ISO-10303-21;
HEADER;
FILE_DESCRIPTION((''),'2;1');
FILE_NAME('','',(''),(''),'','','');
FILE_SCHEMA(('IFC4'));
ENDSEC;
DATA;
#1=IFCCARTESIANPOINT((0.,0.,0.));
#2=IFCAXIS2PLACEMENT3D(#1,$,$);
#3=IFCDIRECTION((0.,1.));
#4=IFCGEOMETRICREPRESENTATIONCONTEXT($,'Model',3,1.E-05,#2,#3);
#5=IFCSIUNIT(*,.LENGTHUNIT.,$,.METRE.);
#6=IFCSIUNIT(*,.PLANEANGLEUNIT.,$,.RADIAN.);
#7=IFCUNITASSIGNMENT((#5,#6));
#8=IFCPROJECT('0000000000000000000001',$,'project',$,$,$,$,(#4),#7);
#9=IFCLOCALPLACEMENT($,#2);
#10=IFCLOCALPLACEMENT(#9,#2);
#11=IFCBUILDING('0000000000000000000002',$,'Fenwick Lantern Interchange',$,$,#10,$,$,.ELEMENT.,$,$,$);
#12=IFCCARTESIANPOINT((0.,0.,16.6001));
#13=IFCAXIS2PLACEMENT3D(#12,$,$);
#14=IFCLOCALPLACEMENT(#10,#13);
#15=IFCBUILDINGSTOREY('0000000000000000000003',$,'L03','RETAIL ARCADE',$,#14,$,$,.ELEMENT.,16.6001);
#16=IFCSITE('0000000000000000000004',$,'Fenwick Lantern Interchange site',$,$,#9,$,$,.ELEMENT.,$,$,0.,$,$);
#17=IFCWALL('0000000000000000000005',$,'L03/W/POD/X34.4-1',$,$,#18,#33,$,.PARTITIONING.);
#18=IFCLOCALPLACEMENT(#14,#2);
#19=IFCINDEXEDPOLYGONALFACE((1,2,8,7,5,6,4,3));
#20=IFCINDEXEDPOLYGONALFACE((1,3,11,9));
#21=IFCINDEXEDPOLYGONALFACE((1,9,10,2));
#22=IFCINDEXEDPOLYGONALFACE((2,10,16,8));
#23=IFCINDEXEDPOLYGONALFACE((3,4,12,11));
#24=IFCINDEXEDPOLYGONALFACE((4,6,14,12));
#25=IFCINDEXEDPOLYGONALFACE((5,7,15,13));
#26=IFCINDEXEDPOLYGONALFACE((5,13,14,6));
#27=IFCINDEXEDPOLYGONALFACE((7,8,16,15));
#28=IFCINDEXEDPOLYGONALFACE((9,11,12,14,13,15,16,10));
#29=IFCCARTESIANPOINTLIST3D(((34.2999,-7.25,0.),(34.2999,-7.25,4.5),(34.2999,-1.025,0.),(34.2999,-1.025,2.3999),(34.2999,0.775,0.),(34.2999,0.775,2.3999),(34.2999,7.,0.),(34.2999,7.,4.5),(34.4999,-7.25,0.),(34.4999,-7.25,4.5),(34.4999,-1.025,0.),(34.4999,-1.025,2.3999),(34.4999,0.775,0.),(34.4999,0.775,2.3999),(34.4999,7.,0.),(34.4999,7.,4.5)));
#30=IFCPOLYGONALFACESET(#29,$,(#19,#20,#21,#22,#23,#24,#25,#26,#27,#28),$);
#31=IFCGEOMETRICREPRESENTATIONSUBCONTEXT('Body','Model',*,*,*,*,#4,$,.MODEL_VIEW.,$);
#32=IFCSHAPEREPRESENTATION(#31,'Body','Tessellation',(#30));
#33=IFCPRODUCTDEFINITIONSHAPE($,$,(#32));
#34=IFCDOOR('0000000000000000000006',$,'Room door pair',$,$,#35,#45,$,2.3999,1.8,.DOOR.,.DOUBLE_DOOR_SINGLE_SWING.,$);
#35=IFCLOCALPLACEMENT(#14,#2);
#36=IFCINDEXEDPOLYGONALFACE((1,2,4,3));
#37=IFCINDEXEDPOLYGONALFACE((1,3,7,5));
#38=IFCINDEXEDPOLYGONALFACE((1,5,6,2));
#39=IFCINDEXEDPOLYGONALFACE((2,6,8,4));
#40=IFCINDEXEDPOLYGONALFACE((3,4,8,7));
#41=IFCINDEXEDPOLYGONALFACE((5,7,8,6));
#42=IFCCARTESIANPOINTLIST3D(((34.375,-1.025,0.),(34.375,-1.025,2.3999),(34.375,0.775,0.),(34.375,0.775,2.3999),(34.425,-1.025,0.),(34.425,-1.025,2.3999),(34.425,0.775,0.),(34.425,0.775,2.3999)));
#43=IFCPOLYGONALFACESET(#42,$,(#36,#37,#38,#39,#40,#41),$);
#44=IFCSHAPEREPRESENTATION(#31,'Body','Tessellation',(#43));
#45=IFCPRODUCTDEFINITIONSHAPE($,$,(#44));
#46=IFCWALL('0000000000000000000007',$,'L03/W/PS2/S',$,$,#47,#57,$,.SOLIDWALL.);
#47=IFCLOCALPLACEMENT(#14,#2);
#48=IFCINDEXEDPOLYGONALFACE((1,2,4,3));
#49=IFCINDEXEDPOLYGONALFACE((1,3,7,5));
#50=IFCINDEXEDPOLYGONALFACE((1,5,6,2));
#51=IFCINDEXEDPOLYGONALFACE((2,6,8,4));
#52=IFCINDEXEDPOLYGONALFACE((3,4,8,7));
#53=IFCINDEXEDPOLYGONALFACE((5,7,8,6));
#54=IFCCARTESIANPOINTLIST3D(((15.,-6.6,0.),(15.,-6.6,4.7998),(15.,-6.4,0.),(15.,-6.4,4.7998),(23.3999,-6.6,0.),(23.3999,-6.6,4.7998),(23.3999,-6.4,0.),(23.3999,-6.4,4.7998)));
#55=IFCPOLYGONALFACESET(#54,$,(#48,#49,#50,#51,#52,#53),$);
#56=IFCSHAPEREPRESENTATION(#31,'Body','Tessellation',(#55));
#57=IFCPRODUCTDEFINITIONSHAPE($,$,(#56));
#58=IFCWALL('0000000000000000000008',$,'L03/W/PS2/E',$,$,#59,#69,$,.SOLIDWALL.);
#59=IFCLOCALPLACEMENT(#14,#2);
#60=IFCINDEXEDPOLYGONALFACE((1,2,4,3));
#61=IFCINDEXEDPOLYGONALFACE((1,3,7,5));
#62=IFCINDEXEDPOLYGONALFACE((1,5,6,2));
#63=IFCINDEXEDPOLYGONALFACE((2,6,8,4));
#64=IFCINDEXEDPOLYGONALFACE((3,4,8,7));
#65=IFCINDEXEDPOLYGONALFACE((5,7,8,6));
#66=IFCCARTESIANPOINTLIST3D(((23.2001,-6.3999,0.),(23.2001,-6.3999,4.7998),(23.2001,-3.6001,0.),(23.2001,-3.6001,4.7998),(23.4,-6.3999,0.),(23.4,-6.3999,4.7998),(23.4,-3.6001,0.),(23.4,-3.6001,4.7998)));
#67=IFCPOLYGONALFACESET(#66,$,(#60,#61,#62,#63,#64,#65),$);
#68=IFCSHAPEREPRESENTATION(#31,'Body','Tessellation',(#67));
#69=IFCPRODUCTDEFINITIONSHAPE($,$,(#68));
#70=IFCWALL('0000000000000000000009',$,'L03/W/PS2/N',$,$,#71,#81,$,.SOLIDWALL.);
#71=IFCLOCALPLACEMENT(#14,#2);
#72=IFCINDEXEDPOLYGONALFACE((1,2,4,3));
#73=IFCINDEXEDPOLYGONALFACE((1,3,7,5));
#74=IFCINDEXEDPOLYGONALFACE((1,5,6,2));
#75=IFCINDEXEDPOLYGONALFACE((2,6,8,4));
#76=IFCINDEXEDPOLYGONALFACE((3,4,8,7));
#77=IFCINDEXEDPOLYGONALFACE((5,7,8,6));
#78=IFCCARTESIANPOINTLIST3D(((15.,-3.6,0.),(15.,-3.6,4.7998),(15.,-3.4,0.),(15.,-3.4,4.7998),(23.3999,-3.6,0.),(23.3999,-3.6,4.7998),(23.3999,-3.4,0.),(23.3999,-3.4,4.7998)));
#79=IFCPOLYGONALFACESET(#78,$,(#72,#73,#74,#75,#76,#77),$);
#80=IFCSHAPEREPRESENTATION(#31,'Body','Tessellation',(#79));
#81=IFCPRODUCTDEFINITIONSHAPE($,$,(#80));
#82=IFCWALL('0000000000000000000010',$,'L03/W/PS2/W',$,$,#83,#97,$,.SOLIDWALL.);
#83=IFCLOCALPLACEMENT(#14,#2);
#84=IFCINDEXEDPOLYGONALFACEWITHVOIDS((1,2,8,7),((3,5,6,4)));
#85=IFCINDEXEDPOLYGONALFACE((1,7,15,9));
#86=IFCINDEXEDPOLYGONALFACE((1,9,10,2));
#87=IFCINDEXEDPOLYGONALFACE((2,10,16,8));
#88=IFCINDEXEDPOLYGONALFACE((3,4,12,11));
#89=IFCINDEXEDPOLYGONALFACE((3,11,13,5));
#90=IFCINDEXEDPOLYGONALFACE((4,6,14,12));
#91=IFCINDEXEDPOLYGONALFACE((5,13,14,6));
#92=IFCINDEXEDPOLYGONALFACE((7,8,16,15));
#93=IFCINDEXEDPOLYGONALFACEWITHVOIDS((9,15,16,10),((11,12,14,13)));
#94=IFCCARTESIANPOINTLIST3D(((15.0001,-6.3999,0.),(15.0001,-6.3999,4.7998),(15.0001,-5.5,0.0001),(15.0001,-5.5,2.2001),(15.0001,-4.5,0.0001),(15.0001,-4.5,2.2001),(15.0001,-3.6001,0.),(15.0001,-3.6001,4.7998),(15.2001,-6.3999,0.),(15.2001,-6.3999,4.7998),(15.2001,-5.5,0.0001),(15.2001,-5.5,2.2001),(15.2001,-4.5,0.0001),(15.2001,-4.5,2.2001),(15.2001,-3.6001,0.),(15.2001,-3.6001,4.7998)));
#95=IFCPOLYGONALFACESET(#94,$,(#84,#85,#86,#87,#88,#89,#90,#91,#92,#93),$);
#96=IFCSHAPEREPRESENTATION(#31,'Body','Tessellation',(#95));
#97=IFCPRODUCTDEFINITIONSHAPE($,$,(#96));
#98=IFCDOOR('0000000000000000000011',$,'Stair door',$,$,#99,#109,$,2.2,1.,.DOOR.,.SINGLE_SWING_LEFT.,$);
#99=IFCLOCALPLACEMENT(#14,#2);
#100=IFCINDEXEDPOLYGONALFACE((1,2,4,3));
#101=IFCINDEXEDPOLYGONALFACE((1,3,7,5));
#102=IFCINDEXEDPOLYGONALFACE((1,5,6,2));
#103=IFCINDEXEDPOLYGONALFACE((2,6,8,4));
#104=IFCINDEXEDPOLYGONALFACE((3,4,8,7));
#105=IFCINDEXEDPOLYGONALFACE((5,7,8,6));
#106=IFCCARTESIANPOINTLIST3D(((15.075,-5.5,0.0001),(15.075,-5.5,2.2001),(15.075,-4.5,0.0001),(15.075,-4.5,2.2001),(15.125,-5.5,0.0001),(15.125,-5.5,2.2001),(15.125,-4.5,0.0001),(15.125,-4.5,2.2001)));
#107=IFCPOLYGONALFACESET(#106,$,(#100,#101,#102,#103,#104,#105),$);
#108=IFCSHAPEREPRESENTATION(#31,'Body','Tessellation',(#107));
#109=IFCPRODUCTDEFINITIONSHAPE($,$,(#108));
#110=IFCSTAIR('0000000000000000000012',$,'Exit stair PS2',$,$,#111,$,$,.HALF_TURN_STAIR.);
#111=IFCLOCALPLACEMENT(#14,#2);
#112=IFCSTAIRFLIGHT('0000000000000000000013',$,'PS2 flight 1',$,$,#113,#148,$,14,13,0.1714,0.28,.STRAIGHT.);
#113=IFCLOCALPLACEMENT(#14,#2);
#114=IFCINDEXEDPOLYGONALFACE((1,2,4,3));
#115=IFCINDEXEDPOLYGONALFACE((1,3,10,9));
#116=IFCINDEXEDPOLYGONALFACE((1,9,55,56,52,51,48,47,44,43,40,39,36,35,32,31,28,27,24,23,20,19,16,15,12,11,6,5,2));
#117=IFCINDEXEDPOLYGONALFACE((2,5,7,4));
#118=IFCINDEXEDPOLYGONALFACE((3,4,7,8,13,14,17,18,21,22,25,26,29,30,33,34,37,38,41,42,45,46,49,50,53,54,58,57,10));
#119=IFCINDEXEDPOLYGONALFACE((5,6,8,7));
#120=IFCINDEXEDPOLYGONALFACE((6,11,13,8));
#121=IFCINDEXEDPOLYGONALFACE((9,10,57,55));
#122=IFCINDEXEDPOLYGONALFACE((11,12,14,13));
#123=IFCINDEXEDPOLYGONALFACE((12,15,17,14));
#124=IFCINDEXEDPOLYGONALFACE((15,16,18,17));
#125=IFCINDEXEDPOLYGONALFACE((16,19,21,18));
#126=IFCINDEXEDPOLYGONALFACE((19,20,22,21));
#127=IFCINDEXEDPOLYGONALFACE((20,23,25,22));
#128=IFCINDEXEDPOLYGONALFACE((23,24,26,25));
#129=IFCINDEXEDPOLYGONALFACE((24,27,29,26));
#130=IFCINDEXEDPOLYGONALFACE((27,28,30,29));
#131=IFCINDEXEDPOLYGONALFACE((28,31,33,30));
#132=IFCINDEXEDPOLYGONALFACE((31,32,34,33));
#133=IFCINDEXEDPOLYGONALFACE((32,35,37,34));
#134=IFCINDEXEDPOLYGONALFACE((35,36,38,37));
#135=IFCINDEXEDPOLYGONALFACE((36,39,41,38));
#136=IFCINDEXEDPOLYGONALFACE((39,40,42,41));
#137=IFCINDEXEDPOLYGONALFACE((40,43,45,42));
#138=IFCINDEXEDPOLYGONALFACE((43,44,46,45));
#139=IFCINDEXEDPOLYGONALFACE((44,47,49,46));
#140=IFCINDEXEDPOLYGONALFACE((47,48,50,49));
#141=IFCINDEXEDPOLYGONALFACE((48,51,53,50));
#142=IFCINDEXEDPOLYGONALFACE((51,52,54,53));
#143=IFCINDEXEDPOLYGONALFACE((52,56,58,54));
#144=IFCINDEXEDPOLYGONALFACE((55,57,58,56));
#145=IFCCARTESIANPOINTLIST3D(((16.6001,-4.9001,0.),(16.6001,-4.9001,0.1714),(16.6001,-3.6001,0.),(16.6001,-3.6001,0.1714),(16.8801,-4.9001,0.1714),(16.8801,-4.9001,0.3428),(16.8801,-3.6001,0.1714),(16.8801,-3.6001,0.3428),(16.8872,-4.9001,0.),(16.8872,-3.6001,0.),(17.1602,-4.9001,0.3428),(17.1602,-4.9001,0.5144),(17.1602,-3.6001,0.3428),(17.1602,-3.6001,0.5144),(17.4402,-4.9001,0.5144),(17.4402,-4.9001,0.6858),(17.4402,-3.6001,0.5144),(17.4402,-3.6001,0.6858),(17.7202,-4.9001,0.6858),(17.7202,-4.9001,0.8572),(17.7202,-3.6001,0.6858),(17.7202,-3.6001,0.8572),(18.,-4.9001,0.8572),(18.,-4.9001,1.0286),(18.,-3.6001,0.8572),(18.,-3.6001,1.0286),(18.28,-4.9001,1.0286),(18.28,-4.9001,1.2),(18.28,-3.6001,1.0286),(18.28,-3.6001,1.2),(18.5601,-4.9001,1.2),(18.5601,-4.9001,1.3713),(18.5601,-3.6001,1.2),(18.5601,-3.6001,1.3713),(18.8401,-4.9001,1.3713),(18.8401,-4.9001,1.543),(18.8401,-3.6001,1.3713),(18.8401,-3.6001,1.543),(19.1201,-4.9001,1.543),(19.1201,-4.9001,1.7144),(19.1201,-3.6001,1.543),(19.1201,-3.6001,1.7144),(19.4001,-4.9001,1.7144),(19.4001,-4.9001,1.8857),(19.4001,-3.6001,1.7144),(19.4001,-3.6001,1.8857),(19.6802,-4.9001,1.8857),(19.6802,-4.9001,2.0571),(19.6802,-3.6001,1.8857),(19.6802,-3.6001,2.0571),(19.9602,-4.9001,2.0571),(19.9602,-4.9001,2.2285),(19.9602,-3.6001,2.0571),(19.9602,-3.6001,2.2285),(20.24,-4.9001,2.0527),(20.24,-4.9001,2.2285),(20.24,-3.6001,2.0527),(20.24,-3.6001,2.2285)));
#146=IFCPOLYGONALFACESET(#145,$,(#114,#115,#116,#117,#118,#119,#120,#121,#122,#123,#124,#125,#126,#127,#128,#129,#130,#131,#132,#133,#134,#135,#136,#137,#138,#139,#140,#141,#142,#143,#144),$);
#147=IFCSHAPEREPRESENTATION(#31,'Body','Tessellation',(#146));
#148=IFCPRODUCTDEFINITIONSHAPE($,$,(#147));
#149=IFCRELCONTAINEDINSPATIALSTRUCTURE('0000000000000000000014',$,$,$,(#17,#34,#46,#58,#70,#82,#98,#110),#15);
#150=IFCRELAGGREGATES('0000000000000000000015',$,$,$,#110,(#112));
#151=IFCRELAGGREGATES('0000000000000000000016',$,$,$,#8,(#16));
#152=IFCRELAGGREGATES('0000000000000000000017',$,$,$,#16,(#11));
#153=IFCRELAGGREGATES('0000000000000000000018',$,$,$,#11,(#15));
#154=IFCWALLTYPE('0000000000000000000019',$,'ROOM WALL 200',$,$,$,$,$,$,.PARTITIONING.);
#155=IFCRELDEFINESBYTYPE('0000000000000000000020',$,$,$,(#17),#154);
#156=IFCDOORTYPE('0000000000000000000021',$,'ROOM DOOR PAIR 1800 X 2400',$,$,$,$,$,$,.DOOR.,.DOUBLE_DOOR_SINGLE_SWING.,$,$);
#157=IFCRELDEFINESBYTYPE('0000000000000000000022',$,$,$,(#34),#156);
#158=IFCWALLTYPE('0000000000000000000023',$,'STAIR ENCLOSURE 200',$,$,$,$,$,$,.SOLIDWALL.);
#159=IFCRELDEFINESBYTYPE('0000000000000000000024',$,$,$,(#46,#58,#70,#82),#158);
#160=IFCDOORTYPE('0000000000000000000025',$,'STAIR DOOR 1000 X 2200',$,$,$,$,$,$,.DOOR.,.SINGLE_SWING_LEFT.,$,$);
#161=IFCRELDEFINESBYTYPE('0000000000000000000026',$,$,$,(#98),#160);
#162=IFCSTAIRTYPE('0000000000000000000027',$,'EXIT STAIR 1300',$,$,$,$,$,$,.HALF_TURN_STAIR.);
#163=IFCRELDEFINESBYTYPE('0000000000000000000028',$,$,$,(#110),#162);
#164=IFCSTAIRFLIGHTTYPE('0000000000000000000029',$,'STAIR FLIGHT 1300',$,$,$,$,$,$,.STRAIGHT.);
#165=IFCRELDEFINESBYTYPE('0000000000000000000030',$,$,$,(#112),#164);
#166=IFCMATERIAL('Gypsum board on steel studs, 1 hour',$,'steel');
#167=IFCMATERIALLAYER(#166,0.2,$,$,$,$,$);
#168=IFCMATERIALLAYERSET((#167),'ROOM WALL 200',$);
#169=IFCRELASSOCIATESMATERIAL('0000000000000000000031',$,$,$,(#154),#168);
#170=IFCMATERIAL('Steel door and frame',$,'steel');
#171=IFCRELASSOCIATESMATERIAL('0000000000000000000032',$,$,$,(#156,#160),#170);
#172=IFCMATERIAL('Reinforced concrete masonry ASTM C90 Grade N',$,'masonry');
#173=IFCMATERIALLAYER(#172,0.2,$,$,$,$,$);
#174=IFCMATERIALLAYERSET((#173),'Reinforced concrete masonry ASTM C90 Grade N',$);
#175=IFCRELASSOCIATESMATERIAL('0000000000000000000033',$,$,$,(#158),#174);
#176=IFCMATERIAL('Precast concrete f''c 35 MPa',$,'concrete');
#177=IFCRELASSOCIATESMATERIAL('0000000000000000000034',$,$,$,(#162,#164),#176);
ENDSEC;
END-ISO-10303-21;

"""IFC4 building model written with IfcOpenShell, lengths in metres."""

from ifc_helpers import new_model, si_unit, direction, frame, frame_2d, origin, place, context, subcontext, project, spatial, polyline, rectangle, outline, extrude, material, layer, layer_set, type_object, element, fill, aggregate, save


model = new_model("IFC4")

# Units and contexts
model_context = context("Model", 3, precision=1e-05, world=origin(), true_north=direction((0.0, 1.0)))
body_context = subcontext(model_context, "Body", "Model", "MODEL_VIEW")
ifc_project = project(units=[si_unit("LENGTHUNIT", "METRE"), si_unit("PLANEANGLEUNIT", "RADIAN")], contexts=[model_context])

# Site, building, storey
site_placement = place(None, origin())
site = spatial("IfcSite", under=ifc_project, at=site_placement, Name="Fenwick Lantern Interchange site", CompositionType="ELEMENT", RefElevation=0.0)
building_placement = place(site_placement, origin())
building = spatial("IfcBuilding", under=site, at=building_placement, Name="Fenwick Lantern Interchange", CompositionType="ELEMENT")
storey_placement = place(building_placement, frame((0.0, 0.0, 16.6001)))
storey = spatial("IfcBuildingStorey", under=building, at=storey_placement, Name="L03", Description="RETAIL ARCADE", CompositionType="ELEMENT", Elevation=16.6001)

# Wall, opening, door
ifc_material_1 = material(Name="Gypsum board on steel studs, 1 hour", Category="steel")
ifc_layer_1 = layer(ifc_material_1, 0.2)
ifc_layer_set_1 = layer_set([ifc_layer_1], Name="ROOM WALL 200")
wall_type_1 = type_object("IfcWallType", Name="ROOM WALL 200", PredefinedType="PARTITIONING", material=ifc_layer_set_1)
wall_1_placement = place(storey_placement, frame((34.3999, -7.25, 0.0), z_axis=(0.0, 0.0, 1.0), x_axis=(0.0, 1.0, 0.0)))
wall_1 = element("IfcWall", 1, at=wall_1_placement, inside=storey, type_object=wall_type_1, Name="L03/W/POD/X34.4-1", PredefinedType="PARTITIONING", context=body_context, shape_type="SweptSolid", body=[
    extrude(rectangle(XDim=14.25, YDim=0.2, at=frame_2d((7.125, 0.0))), origin(), (0.0, 0.0, 1.0), 4.5),
])
opening_1_placement = place(wall_1_placement, frame((6.2251, 0.0, 0.0)))
opening_1 = element("IfcOpeningElement", 2, at=opening_1_placement, cuts=wall_1, PredefinedType="OPENING", context=body_context, shape_type="SweptSolid", body=[
    extrude(rectangle(XDim=1.8, YDim=2.3999, at=frame_2d((0.8999, 1.2))), frame((0.0, 0.1099, 0.0), z_axis=(0.0, -1.0, 0.0), x_axis=(1.0, 0.0, 0.0)), (0.0, 0.0, 1.0), 0.22),
])
ifc_material_2 = material(Name="Steel door and frame", Category="steel")
door_type_1 = type_object("IfcDoorType", Name="ROOM DOOR PAIR 1800 X 2400", OperationType="DOUBLE_DOOR_SINGLE_SWING", PredefinedType="DOOR", material=ifc_material_2)
door_1_placement = place(opening_1_placement, origin())
door_1 = element("IfcDoor", 3, at=door_1_placement, inside=storey, type_object=door_type_1, Name="Room door pair", OperationType="DOUBLE_DOOR_SINGLE_SWING", OverallHeight=2.3999, OverallWidth=1.8, PredefinedType="DOOR", context=body_context, shape_type="SweptSolid", body=[
    extrude(rectangle(XDim=1.8, YDim=2.3999, at=frame_2d((0.8999, 1.2))), frame((0.0, 0.0249, 0.0), z_axis=(0.0, -1.0, 0.0), x_axis=(1.0, 0.0, 0.0)), (0.0, 0.0, 1.0), 0.05),
])
fill(opening_1, door_1)

# Walls
ifc_material_3 = material(Name="Reinforced concrete masonry ASTM C90 Grade N", Category="masonry")
ifc_layer_2 = layer(ifc_material_3, 0.2)
ifc_layer_set_2 = layer_set([ifc_layer_2], Name="Reinforced concrete masonry ASTM C90 Grade N")
wall_type_2 = type_object("IfcWallType", Name="STAIR ENCLOSURE 200", PredefinedType="SOLIDWALL", material=ifc_layer_set_2)
wall_2_placement = place(storey_placement, frame((15.0, -6.5, 0.0), z_axis=(0.0, 0.0, 1.0), x_axis=(1.0, 0.0, 0.0)))
element("IfcWall", 4, at=wall_2_placement, inside=storey, type_object=wall_type_2, Name="L03/W/PS2/S", PredefinedType="SOLIDWALL", context=body_context, shape_type="SweptSolid", body=[
    extrude(rectangle(XDim=8.3999, YDim=0.2, at=frame_2d((4.2, 0.0))), origin(), (0.0, 0.0, 1.0), 4.7998),
])
wall_3_placement = place(storey_placement, frame((23.3, -6.3999, 0.0), z_axis=(0.0, 0.0, 1.0), x_axis=(0.0, 1.0, 0.0)))
element("IfcWall", 5, at=wall_3_placement, inside=storey, type_object=wall_type_2, Name="L03/W/PS2/E", PredefinedType="SOLIDWALL", context=body_context, shape_type="SweptSolid", body=[
    extrude(rectangle(XDim=2.7998, YDim=0.2, at=frame_2d((1.3999, 0.0))), origin(), (0.0, 0.0, 1.0), 4.7998),
])
wall_4_placement = place(storey_placement, frame((23.3999, -3.5, 0.0), z_axis=(0.0, 0.0, 1.0), x_axis=(-1.0, 0.0, 0.0)))
element("IfcWall", 6, at=wall_4_placement, inside=storey, type_object=wall_type_2, Name="L03/W/PS2/N", PredefinedType="SOLIDWALL", context=body_context, shape_type="SweptSolid", body=[
    extrude(rectangle(XDim=8.3999, YDim=0.2, at=frame_2d((4.2, 0.0))), origin(), (0.0, 0.0, 1.0), 4.7998),
])

# Wall, opening, door
wall_5_placement = place(storey_placement, frame((15.1001, -3.6001, 0.0), z_axis=(0.0, 0.0, 1.0), x_axis=(0.0, -1.0, 0.0)))
wall_5 = element("IfcWall", 7, at=wall_5_placement, inside=storey, type_object=wall_type_2, Name="L03/W/PS2/W", PredefinedType="SOLIDWALL", context=body_context, shape_type="SweptSolid", body=[
    extrude(rectangle(XDim=2.7998, YDim=0.2, at=frame_2d((1.3999, 0.0))), origin(), (0.0, 0.0, 1.0), 4.7998),
])
opening_2_placement = place(wall_5_placement, frame((0.8999, 0.0, 0.0)))
opening_2 = element("IfcOpeningElement", 8, at=opening_2_placement, cuts=wall_5, PredefinedType="OPENING", context=body_context, shape_type="SweptSolid", body=[
    extrude(rectangle(XDim=1.0, YDim=2.2, at=frame_2d((0.5, 1.1001))), frame((0.0, 0.1099, 0.0), z_axis=(0.0, -1.0, 0.0), x_axis=(1.0, 0.0, 0.0)), (0.0, 0.0, 1.0), 0.22),
])
door_type_2 = type_object("IfcDoorType", Name="STAIR DOOR 1000 X 2200", OperationType="SINGLE_SWING_LEFT", PredefinedType="DOOR", material=ifc_material_2)
door_2_placement = place(opening_2_placement, origin())
door_2 = element("IfcDoor", 9, at=door_2_placement, inside=storey, type_object=door_type_2, Name="Stair door", OperationType="SINGLE_SWING_LEFT", OverallHeight=2.2, OverallWidth=1.0, PredefinedType="DOOR", context=body_context, shape_type="SweptSolid", body=[
    extrude(rectangle(XDim=1.0, YDim=2.2, at=frame_2d((0.5, 1.1001))), frame((0.0, 0.0249, 0.0), z_axis=(0.0, -1.0, 0.0), x_axis=(1.0, 0.0, 0.0)), (0.0, 0.0, 1.0), 0.05),
])
fill(opening_2, door_2)

# Stair, stair flight
ifc_material_4 = material(Name="Precast concrete f'c 35 MPa", Category="concrete")
stair_type = type_object("IfcStairType", Name="EXIT STAIR 1300", PredefinedType="HALF_TURN_STAIR", material=ifc_material_4)
stair_placement = place(storey_placement, origin())
stair = element("IfcStair", 10, at=stair_placement, inside=storey, type_object=stair_type, Name="Exit stair PS2", PredefinedType="HALF_TURN_STAIR")
stair_flight_type = type_object("IfcStairFlightType", Name="STAIR FLIGHT 1300", PredefinedType="STRAIGHT", material=ifc_material_4)
stair_flight_1_placement = place(storey_placement, frame((16.6001, -4.25, 0.0), z_axis=(0.0, 0.0, 1.0), x_axis=(1.0, 0.0, 0.0)))
stair_flight_1 = element("IfcStairFlight", 11, at=stair_flight_1_placement, type_object=stair_flight_type, Name="PS2 flight 1", NumberOfRisers=14, NumberOfTreads=13, PredefinedType="STRAIGHT", RiserHeight=0.1714, TreadLength=0.28, context=body_context, shape_type="SweptSolid", body=[
    extrude(outline(polyline([(0.0, 0.0), (0.0, 0.1714), (0.28, 0.1714), (0.28, 0.3428), (0.5601, 0.3428), (0.5601, 0.5144), (0.8401, 0.5144), (0.8401, 0.6858), (1.1201, 0.6858), (1.1201, 0.8572), (1.3999, 0.8572), (1.3999, 1.0286), (1.6799, 1.0286), (1.6799, 1.2), (1.96, 1.2), (1.96, 1.3713), (2.24, 1.3713), (2.24, 1.543), (2.52, 1.543), (2.52, 1.7144), (2.8, 1.7144), (2.8, 1.8857), (3.0801, 1.8857), (3.0801, 2.0571), (3.3601, 2.0571), (3.3601, 2.2285), (3.6399, 2.2285), (3.6399, 2.3999), (3.6399, 2.0527), (0.2871, 0.0), (0.0, 0.0)])), frame((0.0, 0.6499, 0.0), z_axis=(0.0, -1.0, 0.0), x_axis=(1.0, 0.0, 0.0)), (0.0, 0.0, 1.0), 1.3),
])
aggregate(stair, [stair_flight_1])

save(model, "model.ifc")
